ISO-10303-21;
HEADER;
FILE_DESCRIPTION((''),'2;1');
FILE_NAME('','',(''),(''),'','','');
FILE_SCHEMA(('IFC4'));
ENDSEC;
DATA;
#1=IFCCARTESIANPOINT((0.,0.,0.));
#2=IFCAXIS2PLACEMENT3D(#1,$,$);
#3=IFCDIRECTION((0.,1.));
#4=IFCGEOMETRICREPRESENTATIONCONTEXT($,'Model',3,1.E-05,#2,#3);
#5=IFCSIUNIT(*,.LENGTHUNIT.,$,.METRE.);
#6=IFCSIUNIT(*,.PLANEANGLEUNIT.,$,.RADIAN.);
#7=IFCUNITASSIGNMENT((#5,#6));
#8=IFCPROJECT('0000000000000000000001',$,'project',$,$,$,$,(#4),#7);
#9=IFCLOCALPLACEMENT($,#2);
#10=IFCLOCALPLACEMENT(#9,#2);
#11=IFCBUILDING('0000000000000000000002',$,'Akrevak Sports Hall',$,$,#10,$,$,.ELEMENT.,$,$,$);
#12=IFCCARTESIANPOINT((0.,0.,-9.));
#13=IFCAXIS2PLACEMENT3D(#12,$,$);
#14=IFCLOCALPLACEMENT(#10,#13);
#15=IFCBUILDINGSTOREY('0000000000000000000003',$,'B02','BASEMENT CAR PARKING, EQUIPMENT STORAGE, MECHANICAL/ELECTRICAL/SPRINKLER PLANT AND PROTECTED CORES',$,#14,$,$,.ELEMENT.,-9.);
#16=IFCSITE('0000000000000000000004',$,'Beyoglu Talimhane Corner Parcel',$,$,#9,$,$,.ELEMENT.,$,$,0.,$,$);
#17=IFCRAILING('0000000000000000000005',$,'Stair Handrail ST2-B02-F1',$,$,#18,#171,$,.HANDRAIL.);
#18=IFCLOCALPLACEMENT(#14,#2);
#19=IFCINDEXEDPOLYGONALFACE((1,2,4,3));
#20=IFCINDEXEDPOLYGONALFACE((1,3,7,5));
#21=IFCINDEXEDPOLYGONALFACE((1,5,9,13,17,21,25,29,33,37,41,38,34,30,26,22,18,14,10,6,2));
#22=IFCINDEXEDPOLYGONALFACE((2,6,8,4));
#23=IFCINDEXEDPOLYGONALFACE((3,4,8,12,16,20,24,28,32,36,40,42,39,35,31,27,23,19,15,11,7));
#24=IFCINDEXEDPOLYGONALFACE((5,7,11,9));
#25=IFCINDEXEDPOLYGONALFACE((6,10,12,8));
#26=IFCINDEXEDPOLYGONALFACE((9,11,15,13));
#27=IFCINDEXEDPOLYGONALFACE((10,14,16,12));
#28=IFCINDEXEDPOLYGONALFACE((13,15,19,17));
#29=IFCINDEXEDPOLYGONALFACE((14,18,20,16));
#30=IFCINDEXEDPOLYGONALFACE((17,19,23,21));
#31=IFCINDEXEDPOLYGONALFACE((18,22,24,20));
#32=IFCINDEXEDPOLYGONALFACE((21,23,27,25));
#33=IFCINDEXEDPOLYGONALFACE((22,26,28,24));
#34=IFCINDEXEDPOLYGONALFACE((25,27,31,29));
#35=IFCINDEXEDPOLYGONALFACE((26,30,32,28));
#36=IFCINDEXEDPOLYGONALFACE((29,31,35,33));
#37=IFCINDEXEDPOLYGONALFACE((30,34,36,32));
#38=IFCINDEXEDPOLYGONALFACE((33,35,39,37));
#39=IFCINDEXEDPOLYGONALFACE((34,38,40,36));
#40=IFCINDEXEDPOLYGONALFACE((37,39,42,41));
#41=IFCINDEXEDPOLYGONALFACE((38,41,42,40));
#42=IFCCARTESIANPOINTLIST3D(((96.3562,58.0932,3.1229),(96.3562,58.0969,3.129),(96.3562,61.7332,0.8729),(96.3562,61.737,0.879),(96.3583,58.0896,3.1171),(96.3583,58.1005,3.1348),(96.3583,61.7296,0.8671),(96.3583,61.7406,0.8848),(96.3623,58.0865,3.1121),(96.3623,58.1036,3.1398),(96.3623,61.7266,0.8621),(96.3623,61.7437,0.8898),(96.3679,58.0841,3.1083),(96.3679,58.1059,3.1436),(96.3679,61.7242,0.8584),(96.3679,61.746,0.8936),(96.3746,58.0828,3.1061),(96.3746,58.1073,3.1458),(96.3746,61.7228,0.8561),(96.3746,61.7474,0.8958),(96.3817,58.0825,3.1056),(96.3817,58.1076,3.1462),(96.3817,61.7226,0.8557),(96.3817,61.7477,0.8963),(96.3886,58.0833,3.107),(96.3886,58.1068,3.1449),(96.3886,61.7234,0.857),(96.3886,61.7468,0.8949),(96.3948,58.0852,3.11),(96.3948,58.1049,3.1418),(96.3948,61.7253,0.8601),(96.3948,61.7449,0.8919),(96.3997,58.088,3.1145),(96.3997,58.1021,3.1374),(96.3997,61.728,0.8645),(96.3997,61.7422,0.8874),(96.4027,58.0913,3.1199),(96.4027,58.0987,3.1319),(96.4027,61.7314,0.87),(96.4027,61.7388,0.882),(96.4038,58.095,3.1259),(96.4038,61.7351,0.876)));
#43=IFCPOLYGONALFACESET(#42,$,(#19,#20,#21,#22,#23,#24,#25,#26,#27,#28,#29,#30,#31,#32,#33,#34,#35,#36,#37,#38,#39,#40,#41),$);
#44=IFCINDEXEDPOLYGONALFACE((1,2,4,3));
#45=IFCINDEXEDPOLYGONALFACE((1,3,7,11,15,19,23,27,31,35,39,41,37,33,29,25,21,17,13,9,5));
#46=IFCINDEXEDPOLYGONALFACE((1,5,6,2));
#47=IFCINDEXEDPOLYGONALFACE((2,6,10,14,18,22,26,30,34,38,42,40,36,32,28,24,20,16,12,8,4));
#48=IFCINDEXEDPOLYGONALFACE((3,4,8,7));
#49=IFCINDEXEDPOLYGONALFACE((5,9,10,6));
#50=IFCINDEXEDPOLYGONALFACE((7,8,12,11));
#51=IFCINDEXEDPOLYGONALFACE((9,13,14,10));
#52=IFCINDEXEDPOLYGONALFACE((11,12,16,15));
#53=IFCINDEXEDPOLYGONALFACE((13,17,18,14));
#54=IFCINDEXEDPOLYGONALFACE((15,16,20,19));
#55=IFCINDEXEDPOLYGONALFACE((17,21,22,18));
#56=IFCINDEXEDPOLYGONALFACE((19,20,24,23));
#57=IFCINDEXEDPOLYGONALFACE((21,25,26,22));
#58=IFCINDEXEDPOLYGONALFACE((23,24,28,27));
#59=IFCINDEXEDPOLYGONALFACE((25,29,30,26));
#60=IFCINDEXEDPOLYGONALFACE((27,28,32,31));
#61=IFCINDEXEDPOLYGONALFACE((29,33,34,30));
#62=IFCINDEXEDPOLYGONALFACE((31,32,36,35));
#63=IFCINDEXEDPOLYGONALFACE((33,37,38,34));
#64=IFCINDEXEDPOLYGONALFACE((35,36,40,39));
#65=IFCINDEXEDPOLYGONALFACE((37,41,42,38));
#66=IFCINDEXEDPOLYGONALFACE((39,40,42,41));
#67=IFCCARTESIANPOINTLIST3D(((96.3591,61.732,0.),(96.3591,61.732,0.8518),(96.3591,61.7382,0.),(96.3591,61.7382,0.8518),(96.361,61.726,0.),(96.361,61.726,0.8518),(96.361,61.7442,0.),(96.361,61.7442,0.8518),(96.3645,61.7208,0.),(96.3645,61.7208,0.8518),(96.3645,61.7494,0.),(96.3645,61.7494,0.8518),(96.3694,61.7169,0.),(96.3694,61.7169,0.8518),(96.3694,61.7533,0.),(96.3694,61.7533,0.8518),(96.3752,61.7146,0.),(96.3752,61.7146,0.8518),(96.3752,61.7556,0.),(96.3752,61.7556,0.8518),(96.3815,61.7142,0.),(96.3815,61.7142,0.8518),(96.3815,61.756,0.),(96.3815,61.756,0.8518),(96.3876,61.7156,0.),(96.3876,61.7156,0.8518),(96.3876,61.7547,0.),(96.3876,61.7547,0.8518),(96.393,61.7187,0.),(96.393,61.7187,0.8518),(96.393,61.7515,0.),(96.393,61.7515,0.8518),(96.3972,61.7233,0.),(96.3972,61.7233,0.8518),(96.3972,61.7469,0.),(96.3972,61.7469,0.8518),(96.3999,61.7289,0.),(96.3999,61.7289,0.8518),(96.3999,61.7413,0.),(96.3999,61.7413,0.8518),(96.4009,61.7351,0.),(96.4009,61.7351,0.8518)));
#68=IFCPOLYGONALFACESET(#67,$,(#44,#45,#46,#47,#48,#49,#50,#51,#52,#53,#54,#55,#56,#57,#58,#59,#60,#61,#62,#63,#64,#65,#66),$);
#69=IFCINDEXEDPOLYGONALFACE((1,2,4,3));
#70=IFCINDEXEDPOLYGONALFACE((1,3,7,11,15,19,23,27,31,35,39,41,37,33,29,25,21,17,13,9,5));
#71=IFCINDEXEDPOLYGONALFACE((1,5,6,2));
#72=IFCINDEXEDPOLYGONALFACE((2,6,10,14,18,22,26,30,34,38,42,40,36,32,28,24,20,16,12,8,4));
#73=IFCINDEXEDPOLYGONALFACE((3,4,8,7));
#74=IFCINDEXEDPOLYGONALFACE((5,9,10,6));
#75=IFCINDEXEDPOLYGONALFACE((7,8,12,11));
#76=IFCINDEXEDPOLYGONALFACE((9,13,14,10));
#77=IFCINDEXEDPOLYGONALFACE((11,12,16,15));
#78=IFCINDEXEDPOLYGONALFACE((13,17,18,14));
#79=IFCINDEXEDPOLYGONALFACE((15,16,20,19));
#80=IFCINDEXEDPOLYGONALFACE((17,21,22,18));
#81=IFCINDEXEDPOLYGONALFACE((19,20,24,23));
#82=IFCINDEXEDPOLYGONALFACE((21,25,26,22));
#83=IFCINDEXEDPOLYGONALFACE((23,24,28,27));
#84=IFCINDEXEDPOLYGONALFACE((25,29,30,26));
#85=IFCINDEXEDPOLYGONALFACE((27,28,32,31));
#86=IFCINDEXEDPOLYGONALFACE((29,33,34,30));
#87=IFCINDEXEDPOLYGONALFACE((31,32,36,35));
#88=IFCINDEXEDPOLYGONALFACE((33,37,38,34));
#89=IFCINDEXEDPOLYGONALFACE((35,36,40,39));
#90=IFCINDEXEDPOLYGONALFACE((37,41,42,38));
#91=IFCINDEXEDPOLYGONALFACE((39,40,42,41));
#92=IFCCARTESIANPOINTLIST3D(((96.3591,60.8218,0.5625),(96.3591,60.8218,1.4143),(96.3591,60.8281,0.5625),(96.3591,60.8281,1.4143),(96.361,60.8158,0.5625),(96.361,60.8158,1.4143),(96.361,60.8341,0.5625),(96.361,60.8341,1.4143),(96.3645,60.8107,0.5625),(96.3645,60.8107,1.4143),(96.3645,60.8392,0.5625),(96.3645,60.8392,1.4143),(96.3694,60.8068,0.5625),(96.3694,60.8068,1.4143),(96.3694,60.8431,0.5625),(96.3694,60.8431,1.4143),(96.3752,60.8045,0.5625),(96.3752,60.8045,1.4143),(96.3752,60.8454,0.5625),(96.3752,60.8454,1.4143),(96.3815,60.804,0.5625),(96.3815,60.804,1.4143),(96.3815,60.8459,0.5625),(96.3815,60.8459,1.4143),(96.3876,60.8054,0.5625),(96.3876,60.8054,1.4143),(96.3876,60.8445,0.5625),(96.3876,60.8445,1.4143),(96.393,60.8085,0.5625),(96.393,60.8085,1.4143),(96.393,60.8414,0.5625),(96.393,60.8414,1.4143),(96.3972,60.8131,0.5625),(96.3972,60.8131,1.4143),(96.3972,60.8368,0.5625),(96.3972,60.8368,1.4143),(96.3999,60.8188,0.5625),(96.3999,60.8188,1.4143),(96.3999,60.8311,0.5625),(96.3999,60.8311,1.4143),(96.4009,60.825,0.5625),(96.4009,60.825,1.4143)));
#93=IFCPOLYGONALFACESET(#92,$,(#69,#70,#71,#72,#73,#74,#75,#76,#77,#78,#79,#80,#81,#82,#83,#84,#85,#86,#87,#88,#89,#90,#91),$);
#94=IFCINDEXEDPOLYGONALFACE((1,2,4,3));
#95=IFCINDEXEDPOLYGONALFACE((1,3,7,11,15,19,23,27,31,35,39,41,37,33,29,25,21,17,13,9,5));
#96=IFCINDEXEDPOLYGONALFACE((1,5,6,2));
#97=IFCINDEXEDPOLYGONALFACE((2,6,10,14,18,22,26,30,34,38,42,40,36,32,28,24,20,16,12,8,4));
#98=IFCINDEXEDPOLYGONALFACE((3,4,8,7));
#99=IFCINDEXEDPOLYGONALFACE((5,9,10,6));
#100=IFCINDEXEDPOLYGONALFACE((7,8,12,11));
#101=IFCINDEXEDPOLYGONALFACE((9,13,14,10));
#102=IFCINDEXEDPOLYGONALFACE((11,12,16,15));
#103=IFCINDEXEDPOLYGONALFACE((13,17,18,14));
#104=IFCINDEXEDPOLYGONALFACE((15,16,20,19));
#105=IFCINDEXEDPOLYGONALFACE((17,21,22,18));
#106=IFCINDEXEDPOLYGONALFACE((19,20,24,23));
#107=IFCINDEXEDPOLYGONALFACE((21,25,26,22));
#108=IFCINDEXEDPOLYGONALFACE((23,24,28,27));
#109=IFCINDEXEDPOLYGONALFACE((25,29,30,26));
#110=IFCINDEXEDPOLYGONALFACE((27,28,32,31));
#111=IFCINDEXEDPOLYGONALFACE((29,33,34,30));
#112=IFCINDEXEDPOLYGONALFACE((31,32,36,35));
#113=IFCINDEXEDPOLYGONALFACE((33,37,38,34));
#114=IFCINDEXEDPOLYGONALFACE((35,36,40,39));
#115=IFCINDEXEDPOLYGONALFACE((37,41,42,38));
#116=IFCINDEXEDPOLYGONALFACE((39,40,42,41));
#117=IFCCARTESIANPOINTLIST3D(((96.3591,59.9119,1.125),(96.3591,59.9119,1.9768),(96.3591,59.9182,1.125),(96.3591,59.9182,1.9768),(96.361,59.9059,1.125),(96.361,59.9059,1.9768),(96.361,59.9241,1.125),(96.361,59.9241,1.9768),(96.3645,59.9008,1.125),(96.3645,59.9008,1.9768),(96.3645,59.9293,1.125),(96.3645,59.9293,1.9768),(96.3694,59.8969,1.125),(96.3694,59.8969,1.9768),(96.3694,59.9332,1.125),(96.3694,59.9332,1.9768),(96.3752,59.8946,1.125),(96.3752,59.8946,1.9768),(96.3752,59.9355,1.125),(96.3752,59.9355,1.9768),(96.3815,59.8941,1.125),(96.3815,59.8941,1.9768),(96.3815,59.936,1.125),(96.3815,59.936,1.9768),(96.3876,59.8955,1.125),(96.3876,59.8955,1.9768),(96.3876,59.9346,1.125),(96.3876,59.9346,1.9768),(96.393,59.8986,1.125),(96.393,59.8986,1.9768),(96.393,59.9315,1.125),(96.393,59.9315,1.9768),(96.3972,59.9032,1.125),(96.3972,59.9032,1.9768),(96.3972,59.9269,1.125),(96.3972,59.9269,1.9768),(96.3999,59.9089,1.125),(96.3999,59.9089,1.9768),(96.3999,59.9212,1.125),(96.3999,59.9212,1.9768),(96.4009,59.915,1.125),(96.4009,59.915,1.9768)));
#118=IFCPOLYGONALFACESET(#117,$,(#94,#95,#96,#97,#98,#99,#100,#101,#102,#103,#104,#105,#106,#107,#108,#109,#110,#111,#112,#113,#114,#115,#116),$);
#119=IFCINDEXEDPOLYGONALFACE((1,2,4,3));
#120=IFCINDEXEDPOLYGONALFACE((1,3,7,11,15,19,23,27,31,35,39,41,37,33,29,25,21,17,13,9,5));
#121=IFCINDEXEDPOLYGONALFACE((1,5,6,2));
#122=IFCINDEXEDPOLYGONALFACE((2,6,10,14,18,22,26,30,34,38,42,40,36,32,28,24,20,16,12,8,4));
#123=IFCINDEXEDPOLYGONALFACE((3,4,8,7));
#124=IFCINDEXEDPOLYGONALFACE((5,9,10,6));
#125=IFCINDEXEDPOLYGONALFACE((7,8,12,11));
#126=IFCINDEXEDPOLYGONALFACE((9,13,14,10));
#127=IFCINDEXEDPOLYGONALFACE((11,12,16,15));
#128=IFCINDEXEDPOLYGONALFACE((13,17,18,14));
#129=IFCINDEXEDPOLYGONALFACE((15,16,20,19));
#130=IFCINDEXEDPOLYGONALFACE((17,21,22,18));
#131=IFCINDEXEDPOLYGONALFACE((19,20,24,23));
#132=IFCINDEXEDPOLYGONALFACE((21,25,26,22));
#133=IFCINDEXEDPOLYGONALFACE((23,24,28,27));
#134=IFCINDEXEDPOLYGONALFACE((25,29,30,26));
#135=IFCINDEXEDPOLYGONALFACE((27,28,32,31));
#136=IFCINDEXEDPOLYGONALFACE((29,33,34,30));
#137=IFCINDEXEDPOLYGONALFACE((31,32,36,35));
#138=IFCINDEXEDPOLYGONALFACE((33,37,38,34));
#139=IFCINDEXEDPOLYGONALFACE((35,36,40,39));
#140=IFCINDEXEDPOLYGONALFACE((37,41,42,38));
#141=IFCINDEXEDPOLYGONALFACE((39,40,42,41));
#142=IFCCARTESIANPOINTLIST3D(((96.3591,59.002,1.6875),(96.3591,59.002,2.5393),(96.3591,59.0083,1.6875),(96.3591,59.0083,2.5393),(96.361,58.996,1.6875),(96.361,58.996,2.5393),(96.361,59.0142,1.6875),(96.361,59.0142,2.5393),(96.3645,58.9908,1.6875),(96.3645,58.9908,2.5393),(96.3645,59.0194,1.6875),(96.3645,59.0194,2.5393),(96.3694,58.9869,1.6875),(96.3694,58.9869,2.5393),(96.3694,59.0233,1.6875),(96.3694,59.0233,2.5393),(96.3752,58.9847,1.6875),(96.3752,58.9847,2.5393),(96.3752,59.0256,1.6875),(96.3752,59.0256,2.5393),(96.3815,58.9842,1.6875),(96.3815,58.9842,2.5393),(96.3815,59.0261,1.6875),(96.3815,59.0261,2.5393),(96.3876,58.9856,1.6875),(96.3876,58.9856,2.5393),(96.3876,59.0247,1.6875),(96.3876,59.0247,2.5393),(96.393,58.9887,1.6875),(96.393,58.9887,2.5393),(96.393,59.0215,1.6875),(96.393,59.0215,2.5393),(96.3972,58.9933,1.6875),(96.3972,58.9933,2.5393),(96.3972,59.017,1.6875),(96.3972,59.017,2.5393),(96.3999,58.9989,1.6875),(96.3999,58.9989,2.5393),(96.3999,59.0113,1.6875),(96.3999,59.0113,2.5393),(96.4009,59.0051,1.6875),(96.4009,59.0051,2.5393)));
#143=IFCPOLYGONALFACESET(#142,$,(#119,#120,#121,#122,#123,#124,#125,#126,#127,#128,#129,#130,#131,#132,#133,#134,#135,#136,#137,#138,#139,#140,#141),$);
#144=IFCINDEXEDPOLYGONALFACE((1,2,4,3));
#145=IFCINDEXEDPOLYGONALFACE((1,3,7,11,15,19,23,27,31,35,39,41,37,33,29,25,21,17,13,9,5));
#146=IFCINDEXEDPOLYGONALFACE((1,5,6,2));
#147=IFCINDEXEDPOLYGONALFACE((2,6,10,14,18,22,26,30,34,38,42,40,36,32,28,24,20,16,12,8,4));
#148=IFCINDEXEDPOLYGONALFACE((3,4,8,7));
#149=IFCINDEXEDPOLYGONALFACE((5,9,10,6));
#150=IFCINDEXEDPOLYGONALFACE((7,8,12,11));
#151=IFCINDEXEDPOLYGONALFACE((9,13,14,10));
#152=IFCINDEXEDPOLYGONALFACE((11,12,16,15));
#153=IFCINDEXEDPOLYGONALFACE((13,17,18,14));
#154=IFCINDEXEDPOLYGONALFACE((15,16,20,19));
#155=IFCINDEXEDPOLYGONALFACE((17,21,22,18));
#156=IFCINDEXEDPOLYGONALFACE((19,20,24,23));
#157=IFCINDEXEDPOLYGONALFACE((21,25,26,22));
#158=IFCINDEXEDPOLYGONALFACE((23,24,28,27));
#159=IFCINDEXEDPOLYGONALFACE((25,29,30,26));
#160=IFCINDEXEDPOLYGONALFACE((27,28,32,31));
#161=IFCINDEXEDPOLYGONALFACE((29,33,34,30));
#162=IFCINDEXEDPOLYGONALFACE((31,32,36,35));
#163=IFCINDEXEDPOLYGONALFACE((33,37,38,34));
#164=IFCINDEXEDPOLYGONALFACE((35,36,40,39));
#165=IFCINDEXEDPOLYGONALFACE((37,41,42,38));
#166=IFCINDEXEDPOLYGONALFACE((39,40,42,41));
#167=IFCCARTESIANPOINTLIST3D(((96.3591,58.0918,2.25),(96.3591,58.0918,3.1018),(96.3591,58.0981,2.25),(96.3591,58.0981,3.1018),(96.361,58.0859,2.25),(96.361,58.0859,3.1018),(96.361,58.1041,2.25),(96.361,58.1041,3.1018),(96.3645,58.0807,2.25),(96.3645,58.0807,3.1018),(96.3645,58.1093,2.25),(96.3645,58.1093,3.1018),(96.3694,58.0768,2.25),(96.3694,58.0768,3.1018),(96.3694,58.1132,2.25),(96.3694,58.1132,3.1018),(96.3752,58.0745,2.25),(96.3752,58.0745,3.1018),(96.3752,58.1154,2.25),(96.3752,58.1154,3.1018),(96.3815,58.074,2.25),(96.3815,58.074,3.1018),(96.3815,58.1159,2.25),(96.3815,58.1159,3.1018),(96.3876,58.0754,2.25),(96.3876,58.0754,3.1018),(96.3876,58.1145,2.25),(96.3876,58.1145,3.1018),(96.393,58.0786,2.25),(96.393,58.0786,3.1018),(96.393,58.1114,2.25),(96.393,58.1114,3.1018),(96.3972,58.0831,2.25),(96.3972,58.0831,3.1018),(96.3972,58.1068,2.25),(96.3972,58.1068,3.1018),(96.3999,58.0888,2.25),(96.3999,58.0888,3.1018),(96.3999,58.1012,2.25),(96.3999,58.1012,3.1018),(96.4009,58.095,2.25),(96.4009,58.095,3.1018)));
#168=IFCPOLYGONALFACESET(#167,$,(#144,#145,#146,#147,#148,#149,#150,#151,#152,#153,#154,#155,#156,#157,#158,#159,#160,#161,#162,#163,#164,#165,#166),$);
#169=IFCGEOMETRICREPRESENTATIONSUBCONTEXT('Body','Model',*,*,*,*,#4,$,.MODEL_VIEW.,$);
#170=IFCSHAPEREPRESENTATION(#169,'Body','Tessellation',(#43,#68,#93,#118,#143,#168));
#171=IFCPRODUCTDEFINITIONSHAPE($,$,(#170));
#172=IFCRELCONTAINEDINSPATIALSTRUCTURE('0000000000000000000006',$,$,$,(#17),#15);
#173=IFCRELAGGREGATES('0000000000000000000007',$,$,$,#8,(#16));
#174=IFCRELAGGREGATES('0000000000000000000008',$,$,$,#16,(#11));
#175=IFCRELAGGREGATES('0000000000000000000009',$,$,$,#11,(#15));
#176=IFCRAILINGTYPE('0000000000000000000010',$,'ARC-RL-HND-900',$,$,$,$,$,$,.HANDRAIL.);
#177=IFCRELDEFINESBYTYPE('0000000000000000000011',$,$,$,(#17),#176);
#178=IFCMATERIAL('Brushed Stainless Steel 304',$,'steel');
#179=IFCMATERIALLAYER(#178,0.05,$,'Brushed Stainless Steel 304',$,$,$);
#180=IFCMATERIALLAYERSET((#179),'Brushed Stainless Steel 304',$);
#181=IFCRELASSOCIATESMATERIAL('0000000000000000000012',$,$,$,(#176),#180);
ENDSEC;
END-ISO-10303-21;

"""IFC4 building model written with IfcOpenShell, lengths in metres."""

from ifc_helpers import new_model, si_unit, direction, frame, origin, origin_2d, place, context, subcontext, project, spatial, circle, extrude, material, layer, layer_set, type_object, element, save


model = new_model("IFC4")

# Units and contexts
model_context = context("Model", 3, precision=1e-05, world=origin(), true_north=direction((0.0, 1.0)))
body_context = subcontext(model_context, "Body", "Model", "MODEL_VIEW")
ifc_project = project(units=[si_unit("LENGTHUNIT", "METRE"), si_unit("PLANEANGLEUNIT", "RADIAN")], contexts=[model_context])

# Site, building, storey
site_placement = place(None, origin())
site = spatial("IfcSite", under=ifc_project, at=site_placement, Name="Beyoglu Talimhane Corner Parcel", CompositionType="ELEMENT", RefElevation=0.0)
building_placement = place(site_placement, origin())
building = spatial("IfcBuilding", under=site, at=building_placement, Name="Akrevak Sports Hall", CompositionType="ELEMENT")
storey_placement = place(building_placement, frame((0.0, 0.0, -9.0)))
storey = spatial("IfcBuildingStorey", under=building, at=storey_placement, Name="B02", Description="BASEMENT CAR PARKING, EQUIPMENT STORAGE, MECHANICAL/ELECTRICAL/SPRINKLER PLANT AND PROTECTED CORES", CompositionType="ELEMENT", Elevation=-9.0)

# Railing
ifc_material_1 = material(Name="Brushed Stainless Steel 304", Category="steel")
ifc_layer_1 = layer(ifc_material_1, 0.05, Name="Brushed Stainless Steel 304")
ifc_layer_set_1 = layer_set([ifc_layer_1], Name="Brushed Stainless Steel 304")
railing_type_1 = type_object("IfcRailingType", Name="ARC-RL-HND-900", PredefinedType="HANDRAIL", material=ifc_layer_set_1)
railing_1_placement = place(storey_placement, frame((96.3799, 61.7351, 0.0)))
element("IfcRailing", 1, at=railing_1_placement, inside=storey, type_object=railing_type_1, Name="Stair Handrail ST2-B02-F1", PredefinedType="HANDRAIL", context=body_context, shape_type="SweptSolid", body=[
    extrude(circle(Radius=0.0239, at=origin_2d()), frame((0.0, 0.0, 0.876), z_axis=(0.0, -0.850622, 0.525777), x_axis=(1.0, 0.0, 0.0)), (0.0, 0.0, 1.0), 4.2793),
    extrude(circle(Radius=0.021, at=origin_2d()), origin(), (0.0, 0.0, 1.0), 0.8518),
    extrude(circle(Radius=0.021, at=origin_2d()), frame((0.0, -0.9102, 0.5625)), (0.0, 0.0, 1.0), 0.8518),
    extrude(circle(Radius=0.021, at=origin_2d()), frame((0.0, -1.8201, 1.125)), (0.0, 0.0, 1.0), 0.8518),
    extrude(circle(Radius=0.021, at=origin_2d()), frame((0.0, -2.73, 1.6875)), (0.0, 0.0, 1.0), 0.8518),
    extrude(circle(Radius=0.021, at=origin_2d()), frame((0.0, -3.6401, 2.25)), (0.0, 0.0, 1.0), 0.8518),
])

save(model, "model.ifc")
